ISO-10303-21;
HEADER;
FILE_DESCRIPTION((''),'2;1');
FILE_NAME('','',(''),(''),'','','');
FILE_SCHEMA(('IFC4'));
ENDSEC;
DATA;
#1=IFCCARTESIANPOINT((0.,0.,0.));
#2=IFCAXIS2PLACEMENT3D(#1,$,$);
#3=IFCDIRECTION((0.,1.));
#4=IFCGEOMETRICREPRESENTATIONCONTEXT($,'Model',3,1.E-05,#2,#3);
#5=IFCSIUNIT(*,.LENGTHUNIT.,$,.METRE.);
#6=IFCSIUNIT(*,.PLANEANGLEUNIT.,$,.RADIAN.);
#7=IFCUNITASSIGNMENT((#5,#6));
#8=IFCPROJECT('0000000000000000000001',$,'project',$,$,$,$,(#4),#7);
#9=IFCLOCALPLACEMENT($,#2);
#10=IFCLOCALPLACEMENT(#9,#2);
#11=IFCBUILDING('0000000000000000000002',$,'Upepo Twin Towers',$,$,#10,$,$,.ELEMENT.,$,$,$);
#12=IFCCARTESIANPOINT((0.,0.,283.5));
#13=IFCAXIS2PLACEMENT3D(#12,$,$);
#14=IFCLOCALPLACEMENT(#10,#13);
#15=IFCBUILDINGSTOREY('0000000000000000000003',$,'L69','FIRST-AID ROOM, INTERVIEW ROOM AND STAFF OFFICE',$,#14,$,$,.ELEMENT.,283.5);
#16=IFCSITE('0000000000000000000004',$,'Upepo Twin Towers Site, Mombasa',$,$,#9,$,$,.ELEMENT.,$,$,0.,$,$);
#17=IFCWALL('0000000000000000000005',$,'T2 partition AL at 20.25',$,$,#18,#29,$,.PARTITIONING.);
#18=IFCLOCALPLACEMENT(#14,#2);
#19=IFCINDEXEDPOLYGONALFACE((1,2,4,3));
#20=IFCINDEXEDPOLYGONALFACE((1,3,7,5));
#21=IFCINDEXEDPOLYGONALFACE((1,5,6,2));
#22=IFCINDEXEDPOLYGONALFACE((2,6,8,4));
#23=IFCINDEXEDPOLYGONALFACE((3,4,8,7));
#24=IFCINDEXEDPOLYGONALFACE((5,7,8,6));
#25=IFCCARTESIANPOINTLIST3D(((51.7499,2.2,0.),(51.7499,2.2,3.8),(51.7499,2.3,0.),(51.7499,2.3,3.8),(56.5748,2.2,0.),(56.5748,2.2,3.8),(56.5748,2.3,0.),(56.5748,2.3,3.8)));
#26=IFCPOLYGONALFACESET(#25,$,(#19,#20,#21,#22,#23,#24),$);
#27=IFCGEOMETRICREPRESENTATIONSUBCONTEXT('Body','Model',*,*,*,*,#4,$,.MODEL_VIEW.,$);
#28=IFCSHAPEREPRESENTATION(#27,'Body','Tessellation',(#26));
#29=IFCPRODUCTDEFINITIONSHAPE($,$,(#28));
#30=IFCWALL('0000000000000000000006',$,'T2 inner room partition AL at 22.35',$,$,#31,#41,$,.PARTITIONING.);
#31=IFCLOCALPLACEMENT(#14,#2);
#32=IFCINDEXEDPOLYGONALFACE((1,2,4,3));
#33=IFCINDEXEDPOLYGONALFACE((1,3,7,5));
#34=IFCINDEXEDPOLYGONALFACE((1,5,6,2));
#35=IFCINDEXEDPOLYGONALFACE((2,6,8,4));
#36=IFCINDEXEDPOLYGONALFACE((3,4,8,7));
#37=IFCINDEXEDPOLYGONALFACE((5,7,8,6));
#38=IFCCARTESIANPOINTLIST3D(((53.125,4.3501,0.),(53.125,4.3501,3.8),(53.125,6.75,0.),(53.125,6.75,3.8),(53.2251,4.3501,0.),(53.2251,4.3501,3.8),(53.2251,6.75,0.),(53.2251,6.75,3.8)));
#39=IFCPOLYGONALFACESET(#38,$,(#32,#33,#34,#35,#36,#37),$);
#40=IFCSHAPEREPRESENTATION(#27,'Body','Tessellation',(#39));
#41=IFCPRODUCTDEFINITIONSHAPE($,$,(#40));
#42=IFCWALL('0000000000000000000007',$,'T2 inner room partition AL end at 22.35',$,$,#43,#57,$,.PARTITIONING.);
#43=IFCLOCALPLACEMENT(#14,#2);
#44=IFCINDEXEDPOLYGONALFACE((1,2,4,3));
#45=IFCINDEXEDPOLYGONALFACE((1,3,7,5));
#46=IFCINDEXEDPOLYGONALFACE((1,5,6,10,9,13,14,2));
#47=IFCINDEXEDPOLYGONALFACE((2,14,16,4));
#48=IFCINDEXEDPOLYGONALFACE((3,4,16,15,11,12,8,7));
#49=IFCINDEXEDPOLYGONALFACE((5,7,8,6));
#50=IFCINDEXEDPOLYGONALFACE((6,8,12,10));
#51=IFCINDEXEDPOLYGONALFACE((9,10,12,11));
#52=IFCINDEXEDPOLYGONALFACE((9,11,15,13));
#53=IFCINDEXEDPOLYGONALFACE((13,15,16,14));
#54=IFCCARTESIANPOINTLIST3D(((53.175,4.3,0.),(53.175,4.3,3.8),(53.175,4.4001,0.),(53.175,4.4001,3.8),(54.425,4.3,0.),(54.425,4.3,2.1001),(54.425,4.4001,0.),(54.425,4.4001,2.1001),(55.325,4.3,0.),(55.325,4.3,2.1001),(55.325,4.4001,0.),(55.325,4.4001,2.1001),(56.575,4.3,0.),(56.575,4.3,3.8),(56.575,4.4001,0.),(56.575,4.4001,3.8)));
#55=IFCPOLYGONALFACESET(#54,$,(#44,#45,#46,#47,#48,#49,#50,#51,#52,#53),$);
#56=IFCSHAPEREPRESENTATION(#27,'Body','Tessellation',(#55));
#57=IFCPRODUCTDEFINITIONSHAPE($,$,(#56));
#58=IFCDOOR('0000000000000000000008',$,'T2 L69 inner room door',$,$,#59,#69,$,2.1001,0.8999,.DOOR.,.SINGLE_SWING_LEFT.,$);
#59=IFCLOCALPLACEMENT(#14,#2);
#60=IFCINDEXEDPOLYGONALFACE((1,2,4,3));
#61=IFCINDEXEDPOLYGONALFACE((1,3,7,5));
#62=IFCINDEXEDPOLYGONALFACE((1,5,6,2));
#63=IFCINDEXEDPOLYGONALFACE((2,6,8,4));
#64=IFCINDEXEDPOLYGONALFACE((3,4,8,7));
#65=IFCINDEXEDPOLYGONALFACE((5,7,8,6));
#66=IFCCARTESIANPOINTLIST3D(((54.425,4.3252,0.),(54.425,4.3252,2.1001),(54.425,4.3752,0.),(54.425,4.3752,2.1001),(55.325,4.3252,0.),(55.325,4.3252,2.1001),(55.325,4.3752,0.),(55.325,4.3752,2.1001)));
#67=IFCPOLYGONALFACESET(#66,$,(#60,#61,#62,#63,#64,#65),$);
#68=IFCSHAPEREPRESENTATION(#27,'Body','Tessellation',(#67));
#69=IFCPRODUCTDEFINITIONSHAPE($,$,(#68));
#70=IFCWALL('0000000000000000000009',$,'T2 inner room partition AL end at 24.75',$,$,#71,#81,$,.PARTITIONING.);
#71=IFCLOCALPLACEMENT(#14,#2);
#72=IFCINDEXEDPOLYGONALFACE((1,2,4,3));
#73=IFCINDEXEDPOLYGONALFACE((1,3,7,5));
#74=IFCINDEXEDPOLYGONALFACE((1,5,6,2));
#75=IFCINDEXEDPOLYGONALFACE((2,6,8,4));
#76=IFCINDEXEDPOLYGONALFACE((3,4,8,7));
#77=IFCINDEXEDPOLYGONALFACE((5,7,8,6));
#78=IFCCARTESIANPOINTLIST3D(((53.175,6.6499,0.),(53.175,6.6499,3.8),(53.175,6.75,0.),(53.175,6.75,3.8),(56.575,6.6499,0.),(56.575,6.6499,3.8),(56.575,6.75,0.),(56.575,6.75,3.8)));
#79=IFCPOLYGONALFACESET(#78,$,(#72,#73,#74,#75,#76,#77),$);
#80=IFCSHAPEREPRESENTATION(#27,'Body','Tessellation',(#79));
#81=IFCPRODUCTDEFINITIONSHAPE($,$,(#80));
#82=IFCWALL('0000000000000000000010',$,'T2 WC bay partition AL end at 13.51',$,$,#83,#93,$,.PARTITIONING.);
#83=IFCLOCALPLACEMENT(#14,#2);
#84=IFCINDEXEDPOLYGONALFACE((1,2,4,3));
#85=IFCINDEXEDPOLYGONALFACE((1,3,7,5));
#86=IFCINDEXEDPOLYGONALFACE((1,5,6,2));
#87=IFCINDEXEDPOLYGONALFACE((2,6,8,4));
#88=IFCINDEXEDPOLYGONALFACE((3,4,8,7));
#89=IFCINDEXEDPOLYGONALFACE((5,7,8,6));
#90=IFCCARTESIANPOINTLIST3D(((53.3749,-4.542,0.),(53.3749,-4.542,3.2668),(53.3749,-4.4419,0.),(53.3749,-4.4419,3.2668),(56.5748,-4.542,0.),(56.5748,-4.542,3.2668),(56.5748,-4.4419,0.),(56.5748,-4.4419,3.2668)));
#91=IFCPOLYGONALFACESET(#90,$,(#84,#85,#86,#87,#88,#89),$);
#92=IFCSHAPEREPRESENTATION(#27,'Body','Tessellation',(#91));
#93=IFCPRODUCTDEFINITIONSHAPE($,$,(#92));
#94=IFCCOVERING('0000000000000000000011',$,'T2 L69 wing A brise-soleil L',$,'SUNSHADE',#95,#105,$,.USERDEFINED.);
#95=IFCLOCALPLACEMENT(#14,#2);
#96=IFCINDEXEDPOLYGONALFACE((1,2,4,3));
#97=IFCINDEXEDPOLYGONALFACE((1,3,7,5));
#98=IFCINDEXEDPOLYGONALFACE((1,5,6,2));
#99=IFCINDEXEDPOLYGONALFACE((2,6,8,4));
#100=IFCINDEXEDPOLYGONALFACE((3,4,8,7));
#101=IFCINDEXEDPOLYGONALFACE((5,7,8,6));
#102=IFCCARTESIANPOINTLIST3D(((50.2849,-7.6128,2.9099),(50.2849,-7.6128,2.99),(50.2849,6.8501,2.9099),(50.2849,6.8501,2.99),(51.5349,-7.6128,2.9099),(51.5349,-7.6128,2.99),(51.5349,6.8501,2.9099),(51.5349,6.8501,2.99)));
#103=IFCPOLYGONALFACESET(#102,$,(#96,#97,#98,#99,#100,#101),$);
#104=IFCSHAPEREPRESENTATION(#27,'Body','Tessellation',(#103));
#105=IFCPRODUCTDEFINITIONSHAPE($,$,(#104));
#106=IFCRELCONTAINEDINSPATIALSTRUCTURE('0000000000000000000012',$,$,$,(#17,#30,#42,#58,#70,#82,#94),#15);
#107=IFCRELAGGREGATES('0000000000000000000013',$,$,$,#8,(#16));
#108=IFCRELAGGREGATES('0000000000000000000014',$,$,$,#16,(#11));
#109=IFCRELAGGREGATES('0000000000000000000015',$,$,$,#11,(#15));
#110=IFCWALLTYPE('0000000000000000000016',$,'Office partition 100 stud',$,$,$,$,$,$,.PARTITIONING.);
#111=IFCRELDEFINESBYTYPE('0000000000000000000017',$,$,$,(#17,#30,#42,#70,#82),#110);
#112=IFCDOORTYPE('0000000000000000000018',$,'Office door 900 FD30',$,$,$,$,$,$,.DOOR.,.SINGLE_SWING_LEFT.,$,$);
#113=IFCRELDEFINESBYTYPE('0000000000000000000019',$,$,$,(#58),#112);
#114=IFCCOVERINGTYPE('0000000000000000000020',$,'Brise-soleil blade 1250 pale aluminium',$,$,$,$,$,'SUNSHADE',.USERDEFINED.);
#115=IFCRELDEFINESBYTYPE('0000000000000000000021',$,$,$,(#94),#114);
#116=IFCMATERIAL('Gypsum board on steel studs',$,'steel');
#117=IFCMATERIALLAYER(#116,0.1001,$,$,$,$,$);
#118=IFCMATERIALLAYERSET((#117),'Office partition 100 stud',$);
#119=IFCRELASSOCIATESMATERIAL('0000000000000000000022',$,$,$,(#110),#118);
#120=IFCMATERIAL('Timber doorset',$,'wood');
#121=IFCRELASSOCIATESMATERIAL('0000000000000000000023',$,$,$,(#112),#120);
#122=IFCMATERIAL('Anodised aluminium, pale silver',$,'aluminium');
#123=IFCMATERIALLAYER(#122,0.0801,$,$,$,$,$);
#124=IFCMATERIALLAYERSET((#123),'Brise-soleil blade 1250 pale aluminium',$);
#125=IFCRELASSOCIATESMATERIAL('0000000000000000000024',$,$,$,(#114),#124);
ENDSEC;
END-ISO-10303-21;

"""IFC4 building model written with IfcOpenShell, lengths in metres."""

from ifc_helpers import new_model, si_unit, direction, frame, frame_2d, origin, origin_2d, place, context, subcontext, project, spatial, rectangle, extrude, material, layer, layer_set, type_object, element, fill, save


model = new_model("IFC4")

# Units and contexts
model_context = context("Model", 3, precision=1e-05, world=origin(), true_north=direction((0.0, 1.0)))
body_context = subcontext(model_context, "Body", "Model", "MODEL_VIEW")
ifc_project = project(units=[si_unit("LENGTHUNIT", "METRE"), si_unit("PLANEANGLEUNIT", "RADIAN")], contexts=[model_context])

# Site, building, storey
site_placement = place(None, origin())
site = spatial("IfcSite", under=ifc_project, at=site_placement, Name="Upepo Twin Towers Site, Mombasa", CompositionType="ELEMENT", RefElevation=0.0)
building_placement = place(site_placement, origin())
building = spatial("IfcBuilding", under=site, at=building_placement, Name="Upepo Twin Towers", CompositionType="ELEMENT")
storey_placement = place(building_placement, frame((0.0, 0.0, 283.5)))
storey = spatial("IfcBuildingStorey", under=building, at=storey_placement, Name="L69", Description="FIRST-AID ROOM, INTERVIEW ROOM AND STAFF OFFICE", CompositionType="ELEMENT", Elevation=283.5)

# Walls
ifc_material_1 = material(Name="Gypsum board on steel studs", Category="steel")
ifc_layer_1 = layer(ifc_material_1, 0.1001)
ifc_layer_set_1 = layer_set([ifc_layer_1], Name="Office partition 100 stud")
wall_type_1 = type_object("IfcWallType", Name="Office partition 100 stud", PredefinedType="PARTITIONING", material=ifc_layer_set_1)
for number, where, z_axis, x_axis, name in (
    (1, (56.575, 2.25, 0.0), (0.0, 0.0, 1.0), (-1.0, 0.0, 0.0), "T2 partition AL at 20.25"),
):
    element("IfcWall", number, at=place(storey_placement, frame(where, z_axis=z_axis, x_axis=x_axis)), inside=storey, type_object=wall_type_1, Name=name, PredefinedType="PARTITIONING", context=body_context, shape_type="SweptSolid", body=[
        extrude(rectangle(XDim=4.825, YDim=0.1001, at=frame_2d((2.4126, 0.0))), origin(), (0.0, 0.0, 1.0), 3.8),
    ])
wall_1_placement = place(storey_placement, frame((53.175, 4.3501, 0.0), z_axis=(0.0, 0.0, 1.0), x_axis=(0.0, 1.0, 0.0)))
element("IfcWall", 2, at=wall_1_placement, inside=storey, type_object=wall_type_1, Name="T2 inner room partition AL at 22.35", PredefinedType="PARTITIONING", context=body_context, shape_type="SweptSolid", body=[
    extrude(rectangle(XDim=2.3999, YDim=0.1001, at=frame_2d((1.2, 0.0))), origin(), (0.0, 0.0, 1.0), 3.8),
])

# Wall, opening, door
wall_2_placement = place(storey_placement, frame((56.575, 4.3501, 0.0), z_axis=(0.0, 0.0, 1.0), x_axis=(-1.0, 0.0, 0.0)))
wall_2 = element("IfcWall", 3, at=wall_2_placement, inside=storey, type_object=wall_type_1, Name="T2 inner room partition AL end at 22.35", PredefinedType="PARTITIONING", context=body_context, shape_type="SweptSolid", body=[
    extrude(rectangle(XDim=3.3999, YDim=0.1001, at=frame_2d((1.7, 0.0))), origin(), (0.0, 0.0, 1.0), 3.8),
])
opening_placement = place(wall_2_placement, frame((1.25, 0.0, 0.0)))
opening = element("IfcOpeningElement", 4, at=opening_placement, cuts=wall_2, PredefinedType="OPENING", context=body_context, shape_type="SweptSolid", body=[
    extrude(rectangle(XDim=0.8999, YDim=2.1001, at=frame_2d((0.45, 1.05))), frame((0.0, 0.0601, 0.0), z_axis=(0.0, -1.0, 0.0), x_axis=(1.0, 0.0, 0.0)), (0.0, 0.0, 1.0), 0.1201),
])
ifc_material_2 = material(Name="Timber doorset", Category="wood")
door_type = type_object("IfcDoorType", Name="Office door 900 FD30", OperationType="SINGLE_SWING_LEFT", PredefinedType="DOOR", material=ifc_material_2)
door_placement = place(opening_placement, origin())
door = element("IfcDoor", 5, at=door_placement, inside=storey, type_object=door_type, Name="T2 L69 inner room door", OperationType="SINGLE_SWING_LEFT", OverallHeight=2.1001, OverallWidth=0.8999, PredefinedType="DOOR", context=body_context, shape_type="SweptSolid", body=[
    extrude(rectangle(XDim=0.8999, YDim=2.1001, at=frame_2d((0.45, 1.05))), frame((0.0, 0.0249, 0.0), z_axis=(0.0, -1.0, 0.0), x_axis=(1.0, 0.0, 0.0)), (0.0, 0.0, 1.0), 0.05),
])
fill(opening, door)

# Walls
wall_3_placement = place(storey_placement, frame((56.575, 6.7, 0.0), z_axis=(0.0, 0.0, 1.0), x_axis=(-1.0, 0.0, 0.0)))
element("IfcWall", 6, at=wall_3_placement, inside=storey, type_object=wall_type_1, Name="T2 inner room partition AL end at 24.75", PredefinedType="PARTITIONING", context=body_context, shape_type="SweptSolid", body=[
    extrude(rectangle(XDim=3.3999, YDim=0.1001, at=frame_2d((1.7, 0.0))), origin(), (0.0, 0.0, 1.0), 3.8),
])
wall_4_placement = place(storey_placement, frame((56.575, -4.4919, 0.0), z_axis=(0.0, 0.0, 1.0), x_axis=(-1.0, 0.0, 0.0)))
element("IfcWall", 7, at=wall_4_placement, inside=storey, type_object=wall_type_1, Name="T2 WC bay partition AL end at 13.51", PredefinedType="PARTITIONING", context=body_context, shape_type="SweptSolid", body=[
    extrude(rectangle(XDim=3.2, YDim=0.1001, at=frame_2d((1.6001, 0.0))), origin(), (0.0, 0.0, 1.0), 3.2668),
])

# Covering
ifc_material_3 = material(Name="Anodised aluminium, pale silver", Category="aluminium")
ifc_layer_2 = layer(ifc_material_3, 0.0801)
ifc_layer_set_2 = layer_set([ifc_layer_2], Name="Brise-soleil blade 1250 pale aluminium")
covering_type = type_object("IfcCoveringType", Name="Brise-soleil blade 1250 pale aluminium", ElementType="SUNSHADE", PredefinedType="USERDEFINED", material=ifc_layer_set_2)
covering_placement = place(storey_placement, frame((50.9099, -0.3813, 2.9099), z_axis=(0.0, 0.0, 1.0), x_axis=(0.0, 1.0, 0.0)))
element("IfcCovering", 8, at=covering_placement, inside=storey, type_object=covering_type, Name="T2 L69 wing A brise-soleil L", ObjectType="SUNSHADE", PredefinedType="USERDEFINED", context=body_context, shape_type="SweptSolid", body=[
    extrude(rectangle(XDim=14.4629, YDim=1.25, at=origin_2d()), origin(), (0.0, 0.0, 1.0), 0.0801),
])

save(model, "model.ifc")
